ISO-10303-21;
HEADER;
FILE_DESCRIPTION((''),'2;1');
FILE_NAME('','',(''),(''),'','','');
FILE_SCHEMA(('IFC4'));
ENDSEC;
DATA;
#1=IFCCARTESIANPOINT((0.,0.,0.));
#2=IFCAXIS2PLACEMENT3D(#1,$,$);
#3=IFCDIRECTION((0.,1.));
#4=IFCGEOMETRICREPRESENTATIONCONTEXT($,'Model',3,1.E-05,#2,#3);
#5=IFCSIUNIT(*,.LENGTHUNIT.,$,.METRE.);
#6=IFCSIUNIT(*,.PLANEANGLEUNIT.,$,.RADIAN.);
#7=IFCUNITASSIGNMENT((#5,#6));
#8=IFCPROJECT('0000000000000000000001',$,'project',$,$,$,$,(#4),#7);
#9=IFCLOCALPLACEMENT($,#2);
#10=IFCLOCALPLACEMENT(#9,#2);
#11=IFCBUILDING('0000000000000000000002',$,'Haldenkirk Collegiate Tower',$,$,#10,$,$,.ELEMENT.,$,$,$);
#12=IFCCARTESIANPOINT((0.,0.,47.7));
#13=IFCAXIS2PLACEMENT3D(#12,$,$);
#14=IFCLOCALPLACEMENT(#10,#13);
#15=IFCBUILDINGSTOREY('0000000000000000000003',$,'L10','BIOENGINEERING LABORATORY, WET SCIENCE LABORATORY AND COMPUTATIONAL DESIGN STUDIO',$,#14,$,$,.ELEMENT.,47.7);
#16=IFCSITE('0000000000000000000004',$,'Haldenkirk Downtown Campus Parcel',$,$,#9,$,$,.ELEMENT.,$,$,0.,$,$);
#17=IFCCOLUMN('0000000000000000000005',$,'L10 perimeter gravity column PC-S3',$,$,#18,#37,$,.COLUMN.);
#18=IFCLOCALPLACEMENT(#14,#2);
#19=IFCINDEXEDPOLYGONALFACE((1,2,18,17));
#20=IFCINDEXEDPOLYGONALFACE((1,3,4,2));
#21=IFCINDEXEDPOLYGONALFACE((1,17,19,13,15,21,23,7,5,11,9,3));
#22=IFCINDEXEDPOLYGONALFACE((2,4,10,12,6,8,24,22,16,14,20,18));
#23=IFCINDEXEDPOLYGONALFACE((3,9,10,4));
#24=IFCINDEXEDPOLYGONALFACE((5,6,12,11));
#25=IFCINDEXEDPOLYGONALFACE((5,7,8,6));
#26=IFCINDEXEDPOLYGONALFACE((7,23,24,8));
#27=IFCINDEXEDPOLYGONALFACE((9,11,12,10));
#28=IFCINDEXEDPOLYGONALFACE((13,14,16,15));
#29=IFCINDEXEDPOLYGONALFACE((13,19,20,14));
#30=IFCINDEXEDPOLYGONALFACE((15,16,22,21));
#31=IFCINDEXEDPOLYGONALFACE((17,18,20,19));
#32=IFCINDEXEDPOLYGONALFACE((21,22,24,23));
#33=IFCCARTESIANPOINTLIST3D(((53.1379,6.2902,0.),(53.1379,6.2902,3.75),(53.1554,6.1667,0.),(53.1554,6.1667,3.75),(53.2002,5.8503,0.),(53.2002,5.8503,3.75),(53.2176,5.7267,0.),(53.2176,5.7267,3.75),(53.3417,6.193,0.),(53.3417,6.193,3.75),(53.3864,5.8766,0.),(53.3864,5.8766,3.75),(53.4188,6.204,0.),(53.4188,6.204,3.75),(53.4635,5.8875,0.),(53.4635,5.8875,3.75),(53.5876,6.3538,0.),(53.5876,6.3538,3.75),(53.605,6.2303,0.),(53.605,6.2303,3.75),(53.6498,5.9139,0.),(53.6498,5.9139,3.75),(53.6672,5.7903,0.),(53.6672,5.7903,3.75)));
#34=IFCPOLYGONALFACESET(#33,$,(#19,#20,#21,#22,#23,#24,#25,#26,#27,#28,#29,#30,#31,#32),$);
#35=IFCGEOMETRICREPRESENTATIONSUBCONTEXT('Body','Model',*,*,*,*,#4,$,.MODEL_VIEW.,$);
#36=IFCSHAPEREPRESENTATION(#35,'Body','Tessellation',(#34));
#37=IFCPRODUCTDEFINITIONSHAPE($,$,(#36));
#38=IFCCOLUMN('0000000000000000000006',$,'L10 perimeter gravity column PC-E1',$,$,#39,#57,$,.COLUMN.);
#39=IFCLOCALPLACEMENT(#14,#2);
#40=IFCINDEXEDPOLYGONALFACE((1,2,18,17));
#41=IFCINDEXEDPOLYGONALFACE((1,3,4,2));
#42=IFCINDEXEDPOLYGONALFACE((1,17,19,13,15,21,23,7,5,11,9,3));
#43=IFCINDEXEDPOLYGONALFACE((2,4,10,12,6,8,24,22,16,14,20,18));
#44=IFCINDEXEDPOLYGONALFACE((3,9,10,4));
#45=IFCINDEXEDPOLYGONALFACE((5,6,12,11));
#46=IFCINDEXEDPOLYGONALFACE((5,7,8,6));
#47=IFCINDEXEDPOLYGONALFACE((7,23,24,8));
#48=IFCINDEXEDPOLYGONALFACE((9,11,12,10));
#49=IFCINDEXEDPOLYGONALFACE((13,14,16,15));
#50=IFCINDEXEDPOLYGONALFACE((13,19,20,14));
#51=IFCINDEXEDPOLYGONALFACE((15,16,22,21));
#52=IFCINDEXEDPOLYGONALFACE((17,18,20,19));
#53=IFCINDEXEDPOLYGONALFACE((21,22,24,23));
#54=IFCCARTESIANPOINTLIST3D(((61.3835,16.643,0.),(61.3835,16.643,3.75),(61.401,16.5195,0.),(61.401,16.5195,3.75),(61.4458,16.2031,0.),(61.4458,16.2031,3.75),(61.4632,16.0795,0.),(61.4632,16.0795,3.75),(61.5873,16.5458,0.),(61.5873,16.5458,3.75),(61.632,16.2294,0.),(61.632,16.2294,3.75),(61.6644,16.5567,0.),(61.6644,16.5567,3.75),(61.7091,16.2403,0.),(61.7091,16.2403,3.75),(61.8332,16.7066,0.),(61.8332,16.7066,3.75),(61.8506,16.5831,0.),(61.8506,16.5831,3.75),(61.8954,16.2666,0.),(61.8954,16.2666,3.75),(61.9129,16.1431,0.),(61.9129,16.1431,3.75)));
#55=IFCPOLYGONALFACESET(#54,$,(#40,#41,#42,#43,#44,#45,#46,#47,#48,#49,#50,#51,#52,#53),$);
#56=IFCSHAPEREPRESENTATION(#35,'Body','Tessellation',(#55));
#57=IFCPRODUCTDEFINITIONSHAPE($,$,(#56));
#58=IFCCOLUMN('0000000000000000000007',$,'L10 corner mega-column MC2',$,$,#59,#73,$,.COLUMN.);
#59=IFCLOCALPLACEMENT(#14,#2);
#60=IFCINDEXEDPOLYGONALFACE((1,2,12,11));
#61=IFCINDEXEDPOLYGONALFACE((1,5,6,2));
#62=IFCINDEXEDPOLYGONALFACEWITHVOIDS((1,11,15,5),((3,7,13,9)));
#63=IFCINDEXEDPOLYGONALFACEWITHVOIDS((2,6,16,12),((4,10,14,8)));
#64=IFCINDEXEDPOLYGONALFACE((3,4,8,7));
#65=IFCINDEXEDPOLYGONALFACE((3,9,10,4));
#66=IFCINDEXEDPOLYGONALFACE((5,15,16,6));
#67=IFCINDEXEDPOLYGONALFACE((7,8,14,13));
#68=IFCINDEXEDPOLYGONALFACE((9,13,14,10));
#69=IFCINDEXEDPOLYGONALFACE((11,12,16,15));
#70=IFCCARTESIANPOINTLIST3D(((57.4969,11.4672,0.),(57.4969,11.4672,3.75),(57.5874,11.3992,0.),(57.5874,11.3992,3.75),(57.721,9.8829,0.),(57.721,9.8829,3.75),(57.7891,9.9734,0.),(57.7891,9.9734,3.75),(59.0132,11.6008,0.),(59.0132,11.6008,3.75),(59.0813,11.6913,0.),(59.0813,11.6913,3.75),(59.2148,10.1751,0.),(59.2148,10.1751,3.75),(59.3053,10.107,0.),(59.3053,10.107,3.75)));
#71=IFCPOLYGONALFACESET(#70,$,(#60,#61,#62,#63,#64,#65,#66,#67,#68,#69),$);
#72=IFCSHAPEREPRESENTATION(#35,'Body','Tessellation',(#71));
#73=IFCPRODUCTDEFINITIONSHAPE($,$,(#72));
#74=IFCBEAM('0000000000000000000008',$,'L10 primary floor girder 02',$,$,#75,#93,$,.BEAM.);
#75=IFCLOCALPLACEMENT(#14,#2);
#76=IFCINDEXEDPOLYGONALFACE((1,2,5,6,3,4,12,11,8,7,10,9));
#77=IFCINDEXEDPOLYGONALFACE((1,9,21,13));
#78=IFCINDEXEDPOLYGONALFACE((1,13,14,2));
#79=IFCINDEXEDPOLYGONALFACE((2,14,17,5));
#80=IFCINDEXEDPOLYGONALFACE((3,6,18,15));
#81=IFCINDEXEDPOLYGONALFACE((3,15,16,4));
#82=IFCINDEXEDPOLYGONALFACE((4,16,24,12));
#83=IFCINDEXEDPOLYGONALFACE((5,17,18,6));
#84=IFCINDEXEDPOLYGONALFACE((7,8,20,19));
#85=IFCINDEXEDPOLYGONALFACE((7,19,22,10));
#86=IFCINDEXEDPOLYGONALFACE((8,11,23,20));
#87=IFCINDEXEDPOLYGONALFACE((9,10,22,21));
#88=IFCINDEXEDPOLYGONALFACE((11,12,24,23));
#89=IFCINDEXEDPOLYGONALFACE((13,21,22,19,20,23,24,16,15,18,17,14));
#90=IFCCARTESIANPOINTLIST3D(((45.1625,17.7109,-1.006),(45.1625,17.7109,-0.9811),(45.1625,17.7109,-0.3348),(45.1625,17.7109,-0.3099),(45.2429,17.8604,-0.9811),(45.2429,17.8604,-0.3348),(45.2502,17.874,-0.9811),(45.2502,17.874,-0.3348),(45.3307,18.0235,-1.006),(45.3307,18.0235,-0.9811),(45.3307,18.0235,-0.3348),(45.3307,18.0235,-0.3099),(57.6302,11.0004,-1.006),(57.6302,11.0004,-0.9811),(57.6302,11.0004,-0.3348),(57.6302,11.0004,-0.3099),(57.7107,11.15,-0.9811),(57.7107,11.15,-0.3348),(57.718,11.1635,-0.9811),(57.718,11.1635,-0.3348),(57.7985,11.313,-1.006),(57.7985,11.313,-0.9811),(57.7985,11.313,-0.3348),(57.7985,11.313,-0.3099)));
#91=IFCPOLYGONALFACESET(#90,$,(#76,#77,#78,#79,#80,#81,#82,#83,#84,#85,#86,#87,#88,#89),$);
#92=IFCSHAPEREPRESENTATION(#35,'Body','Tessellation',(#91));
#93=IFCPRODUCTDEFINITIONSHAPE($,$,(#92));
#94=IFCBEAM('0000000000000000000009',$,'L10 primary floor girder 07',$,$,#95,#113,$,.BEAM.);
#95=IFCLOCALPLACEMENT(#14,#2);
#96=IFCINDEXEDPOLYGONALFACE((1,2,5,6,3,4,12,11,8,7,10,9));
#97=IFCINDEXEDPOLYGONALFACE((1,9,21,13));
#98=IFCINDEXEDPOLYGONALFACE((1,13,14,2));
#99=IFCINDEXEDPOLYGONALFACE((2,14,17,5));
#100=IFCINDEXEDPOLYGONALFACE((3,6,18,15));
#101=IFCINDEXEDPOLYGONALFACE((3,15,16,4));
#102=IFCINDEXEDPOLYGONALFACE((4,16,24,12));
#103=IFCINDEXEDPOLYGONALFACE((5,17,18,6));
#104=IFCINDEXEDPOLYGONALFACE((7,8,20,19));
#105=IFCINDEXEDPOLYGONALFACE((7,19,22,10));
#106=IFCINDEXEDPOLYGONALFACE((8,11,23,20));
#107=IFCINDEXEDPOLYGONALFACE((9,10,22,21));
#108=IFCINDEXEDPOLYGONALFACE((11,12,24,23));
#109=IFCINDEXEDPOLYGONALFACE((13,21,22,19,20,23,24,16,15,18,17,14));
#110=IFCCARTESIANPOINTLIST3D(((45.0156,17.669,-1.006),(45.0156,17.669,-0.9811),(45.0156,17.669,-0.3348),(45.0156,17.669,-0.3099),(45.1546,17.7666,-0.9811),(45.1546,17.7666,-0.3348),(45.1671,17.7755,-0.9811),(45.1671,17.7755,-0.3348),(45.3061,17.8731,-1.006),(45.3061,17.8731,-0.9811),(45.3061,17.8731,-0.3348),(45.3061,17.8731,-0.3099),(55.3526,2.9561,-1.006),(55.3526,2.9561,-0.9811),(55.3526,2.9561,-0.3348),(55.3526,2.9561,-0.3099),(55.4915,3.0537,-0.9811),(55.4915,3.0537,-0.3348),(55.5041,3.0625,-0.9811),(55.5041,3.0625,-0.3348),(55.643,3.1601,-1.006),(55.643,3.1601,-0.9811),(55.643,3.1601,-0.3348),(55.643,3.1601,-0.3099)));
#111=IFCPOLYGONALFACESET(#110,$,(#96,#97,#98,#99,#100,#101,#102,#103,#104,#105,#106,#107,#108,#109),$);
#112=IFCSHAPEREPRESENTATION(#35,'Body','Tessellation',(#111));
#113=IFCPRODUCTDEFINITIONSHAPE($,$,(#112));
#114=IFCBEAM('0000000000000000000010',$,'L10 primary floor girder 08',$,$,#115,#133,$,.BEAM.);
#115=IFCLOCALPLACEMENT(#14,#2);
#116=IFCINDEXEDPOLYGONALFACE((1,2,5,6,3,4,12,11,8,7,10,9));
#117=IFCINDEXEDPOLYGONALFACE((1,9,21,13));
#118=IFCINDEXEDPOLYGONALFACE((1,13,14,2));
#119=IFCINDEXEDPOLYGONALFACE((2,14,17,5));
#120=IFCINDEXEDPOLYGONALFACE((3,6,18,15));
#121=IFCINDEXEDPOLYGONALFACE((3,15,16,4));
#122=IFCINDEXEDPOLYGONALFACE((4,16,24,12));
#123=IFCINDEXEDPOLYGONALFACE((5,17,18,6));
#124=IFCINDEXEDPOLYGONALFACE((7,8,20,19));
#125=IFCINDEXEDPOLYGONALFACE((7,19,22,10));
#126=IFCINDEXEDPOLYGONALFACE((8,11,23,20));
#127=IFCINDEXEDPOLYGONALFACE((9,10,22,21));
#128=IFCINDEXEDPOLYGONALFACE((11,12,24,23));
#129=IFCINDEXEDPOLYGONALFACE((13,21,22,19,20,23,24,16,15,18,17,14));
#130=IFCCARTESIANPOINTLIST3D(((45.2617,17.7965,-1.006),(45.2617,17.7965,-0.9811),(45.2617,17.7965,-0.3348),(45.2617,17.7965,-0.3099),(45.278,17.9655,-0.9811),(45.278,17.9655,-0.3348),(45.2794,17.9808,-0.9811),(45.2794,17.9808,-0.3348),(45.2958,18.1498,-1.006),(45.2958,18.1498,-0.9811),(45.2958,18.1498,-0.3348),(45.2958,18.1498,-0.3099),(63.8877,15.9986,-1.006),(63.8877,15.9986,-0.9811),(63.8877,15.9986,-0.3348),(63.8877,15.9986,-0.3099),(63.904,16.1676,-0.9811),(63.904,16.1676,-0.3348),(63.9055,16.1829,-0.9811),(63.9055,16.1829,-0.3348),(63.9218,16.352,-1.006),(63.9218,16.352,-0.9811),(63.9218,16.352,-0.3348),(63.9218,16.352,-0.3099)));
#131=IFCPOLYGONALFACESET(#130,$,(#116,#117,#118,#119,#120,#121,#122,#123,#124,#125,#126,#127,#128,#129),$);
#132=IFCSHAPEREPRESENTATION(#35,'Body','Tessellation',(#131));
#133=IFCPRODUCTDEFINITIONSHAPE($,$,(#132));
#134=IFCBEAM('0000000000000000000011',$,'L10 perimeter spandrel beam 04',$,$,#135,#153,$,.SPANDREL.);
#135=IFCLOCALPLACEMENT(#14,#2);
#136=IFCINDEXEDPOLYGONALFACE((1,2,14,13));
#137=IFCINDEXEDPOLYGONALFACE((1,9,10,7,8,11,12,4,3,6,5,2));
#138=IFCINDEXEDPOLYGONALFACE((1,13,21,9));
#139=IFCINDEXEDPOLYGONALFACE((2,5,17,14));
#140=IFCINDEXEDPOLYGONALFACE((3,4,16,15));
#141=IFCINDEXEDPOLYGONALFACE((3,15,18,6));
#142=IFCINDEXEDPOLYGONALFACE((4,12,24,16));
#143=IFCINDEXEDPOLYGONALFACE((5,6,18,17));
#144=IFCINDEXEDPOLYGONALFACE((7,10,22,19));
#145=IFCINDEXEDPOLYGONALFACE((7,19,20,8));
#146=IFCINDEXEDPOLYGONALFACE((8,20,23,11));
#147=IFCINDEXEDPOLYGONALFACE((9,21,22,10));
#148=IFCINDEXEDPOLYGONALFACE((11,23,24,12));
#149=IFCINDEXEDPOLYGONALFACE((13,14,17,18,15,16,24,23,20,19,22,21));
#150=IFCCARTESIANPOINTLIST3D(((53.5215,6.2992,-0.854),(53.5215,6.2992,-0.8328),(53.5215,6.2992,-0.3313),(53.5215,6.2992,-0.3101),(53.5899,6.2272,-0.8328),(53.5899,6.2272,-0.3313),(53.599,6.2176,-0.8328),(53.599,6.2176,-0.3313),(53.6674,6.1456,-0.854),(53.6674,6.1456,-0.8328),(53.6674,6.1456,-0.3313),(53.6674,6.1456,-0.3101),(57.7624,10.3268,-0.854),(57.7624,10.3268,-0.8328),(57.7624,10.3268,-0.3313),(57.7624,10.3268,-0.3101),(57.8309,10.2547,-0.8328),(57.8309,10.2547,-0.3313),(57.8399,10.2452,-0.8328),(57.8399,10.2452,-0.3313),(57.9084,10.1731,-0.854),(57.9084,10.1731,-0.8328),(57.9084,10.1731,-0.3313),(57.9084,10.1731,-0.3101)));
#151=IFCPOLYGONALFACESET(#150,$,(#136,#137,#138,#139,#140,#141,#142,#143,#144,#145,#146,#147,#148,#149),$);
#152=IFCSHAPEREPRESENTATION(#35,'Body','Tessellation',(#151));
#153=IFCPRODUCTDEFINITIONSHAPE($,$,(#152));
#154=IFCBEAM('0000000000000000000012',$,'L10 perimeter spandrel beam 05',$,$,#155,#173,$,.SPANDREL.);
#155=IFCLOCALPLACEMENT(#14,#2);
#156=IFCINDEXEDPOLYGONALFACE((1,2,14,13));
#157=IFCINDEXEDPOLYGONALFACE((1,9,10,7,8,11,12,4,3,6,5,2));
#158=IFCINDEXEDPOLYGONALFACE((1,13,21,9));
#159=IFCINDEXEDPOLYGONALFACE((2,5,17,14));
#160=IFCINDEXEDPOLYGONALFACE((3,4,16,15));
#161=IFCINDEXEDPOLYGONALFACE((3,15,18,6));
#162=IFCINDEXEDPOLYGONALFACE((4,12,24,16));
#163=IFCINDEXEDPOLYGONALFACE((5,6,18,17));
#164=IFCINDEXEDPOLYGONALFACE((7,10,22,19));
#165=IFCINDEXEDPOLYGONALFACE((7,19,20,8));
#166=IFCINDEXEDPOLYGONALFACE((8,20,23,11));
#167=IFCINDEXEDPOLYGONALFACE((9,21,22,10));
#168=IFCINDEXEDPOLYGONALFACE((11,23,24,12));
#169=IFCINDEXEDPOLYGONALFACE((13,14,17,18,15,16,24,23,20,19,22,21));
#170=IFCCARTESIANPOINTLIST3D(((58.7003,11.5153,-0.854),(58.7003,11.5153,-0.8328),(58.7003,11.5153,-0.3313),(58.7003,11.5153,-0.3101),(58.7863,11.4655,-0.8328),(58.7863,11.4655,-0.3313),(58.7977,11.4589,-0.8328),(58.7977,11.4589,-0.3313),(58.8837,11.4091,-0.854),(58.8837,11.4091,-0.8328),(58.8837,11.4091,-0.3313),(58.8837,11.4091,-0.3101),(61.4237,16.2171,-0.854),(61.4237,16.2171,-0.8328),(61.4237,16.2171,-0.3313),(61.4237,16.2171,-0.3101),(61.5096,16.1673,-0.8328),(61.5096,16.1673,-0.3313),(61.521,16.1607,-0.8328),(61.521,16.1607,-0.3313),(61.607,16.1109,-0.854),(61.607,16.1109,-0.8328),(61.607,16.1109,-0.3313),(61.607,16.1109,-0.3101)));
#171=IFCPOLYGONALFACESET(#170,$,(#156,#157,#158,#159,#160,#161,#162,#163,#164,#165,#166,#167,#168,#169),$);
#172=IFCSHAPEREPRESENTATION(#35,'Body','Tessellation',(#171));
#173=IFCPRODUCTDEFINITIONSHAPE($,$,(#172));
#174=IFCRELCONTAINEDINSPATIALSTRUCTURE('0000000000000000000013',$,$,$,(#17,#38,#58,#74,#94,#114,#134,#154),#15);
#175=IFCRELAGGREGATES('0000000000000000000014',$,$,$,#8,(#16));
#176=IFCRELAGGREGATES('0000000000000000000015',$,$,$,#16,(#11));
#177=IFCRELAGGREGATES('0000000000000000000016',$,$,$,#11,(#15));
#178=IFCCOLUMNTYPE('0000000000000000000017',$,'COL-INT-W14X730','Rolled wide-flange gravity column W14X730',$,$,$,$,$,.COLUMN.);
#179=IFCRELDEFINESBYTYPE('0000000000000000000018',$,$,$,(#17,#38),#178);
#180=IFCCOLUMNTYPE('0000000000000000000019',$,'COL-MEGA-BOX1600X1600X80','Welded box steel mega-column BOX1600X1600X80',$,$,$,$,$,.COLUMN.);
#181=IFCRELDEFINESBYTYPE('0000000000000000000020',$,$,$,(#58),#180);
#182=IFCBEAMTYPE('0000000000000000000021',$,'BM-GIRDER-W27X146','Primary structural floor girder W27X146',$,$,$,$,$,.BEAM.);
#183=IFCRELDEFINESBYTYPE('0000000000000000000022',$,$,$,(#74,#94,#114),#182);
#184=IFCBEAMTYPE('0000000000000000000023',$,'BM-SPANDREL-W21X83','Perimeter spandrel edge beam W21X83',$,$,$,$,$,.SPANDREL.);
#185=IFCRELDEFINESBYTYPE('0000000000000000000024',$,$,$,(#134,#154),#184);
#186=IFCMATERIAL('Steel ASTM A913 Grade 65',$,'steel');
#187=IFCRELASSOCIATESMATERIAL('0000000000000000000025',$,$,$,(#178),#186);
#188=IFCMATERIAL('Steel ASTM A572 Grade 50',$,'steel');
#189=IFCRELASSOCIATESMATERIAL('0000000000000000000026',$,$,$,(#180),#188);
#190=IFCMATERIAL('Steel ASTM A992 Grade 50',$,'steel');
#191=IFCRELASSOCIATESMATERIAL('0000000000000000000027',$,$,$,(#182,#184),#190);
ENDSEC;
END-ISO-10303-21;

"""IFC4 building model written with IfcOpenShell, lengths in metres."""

from ifc_helpers import new_model, si_unit, direction, frame, origin, origin_2d, place, context, subcontext, project, spatial, hollow_rectangle, i_section, extrude, material, material_profile, profile_set, type_object, element, save


model = new_model("IFC4")

# Units and contexts
model_context = context("Model", 3, precision=1e-05, world=origin(), true_north=direction((0.0, 1.0)))
body_context = subcontext(model_context, "Body", "Model", "MODEL_VIEW")
ifc_project = project(units=[si_unit("LENGTHUNIT", "METRE"), si_unit("PLANEANGLEUNIT", "RADIAN")], contexts=[model_context])

# Site, building, storey
site_placement = place(None, origin())
site = spatial("IfcSite", under=ifc_project, at=site_placement, Name="Haldenkirk Downtown Campus Parcel", CompositionType="ELEMENT", RefElevation=0.0)
building_placement = place(site_placement, origin())
building = spatial("IfcBuilding", under=site, at=building_placement, Name="Haldenkirk Collegiate Tower", CompositionType="ELEMENT")
storey_placement = place(building_placement, frame((0.0, 0.0, 47.7)))
storey = spatial("IfcBuildingStorey", under=building, at=storey_placement, Name="L10", Description="BIOENGINEERING LABORATORY, WET SCIENCE LABORATORY AND COMPUTATIONAL DESIGN STUDIO", CompositionType="ELEMENT", Elevation=47.7)

# Columns
ifc_material_1 = material(Name="Steel ASTM A913 Grade 65", Category="steel")
ifc_material_profile_1 = material_profile(ifc_material_1, i_section(OverallWidth=0.4541, OverallDepth=0.5691, WebThickness=0.0779, FlangeThickness=0.1248, at=origin_2d()), Name="W14X730")
ifc_profile_set_1 = profile_set([ifc_material_profile_1], Name="Steel ASTM A913 Grade 65")
column_type_1 = type_object("IfcColumnType", Name="COL-INT-W14X730", Description="Rolled wide-flange gravity column W14X730", PredefinedType="COLUMN", material=ifc_profile_set_1)
for number, where, z_axis, x_axis, name in (
    (1, (53.4026, 6.0403, 0.0), (0.0, 0.0, 1.0), (0.990146, 0.140037, 0.0), "L10 perimeter gravity column PC-S3"),
    (2, (61.6482, 16.3931, 0.0), (0.0, 0.0, 1.0), (0.990146, 0.140037, 0.0), "L10 perimeter gravity column PC-E1"),
):
    element("IfcColumn", number, at=place(storey_placement, frame(where, z_axis=z_axis, x_axis=x_axis)), inside=storey, type_object=column_type_1, Name=name, PredefinedType="COLUMN", context=body_context, shape_type="SweptSolid", body=[
        extrude(i_section(OverallWidth=0.4541, OverallDepth=0.5691, WebThickness=0.0779, FlangeThickness=0.1248, at=origin_2d()), origin(), (0.0, 0.0, 1.0), 3.75),
    ])
ifc_material_2 = material(Name="Steel ASTM A572 Grade 50", Category="steel")
ifc_material_profile_2 = material_profile(ifc_material_2, hollow_rectangle(XDim=1.6001, YDim=1.6001, WallThickness=0.0801, at=origin_2d()), Name="BOX1600X1600X80")
ifc_profile_set_2 = profile_set([ifc_material_profile_2], Name="Steel ASTM A572 Grade 50")
column_type_2 = type_object("IfcColumnType", Name="COL-MEGA-BOX1600X1600X80", Description="Welded box steel mega-column BOX1600X1600X80", PredefinedType="COLUMN", material=ifc_profile_set_2)
column_placement = place(storey_placement, frame((58.4011, 10.7871, 0.0), z_axis=(0.0, 0.0, 1.0), x_axis=(0.990146, 0.140037, 0.0)))
element("IfcColumn", 3, at=column_placement, inside=storey, type_object=column_type_2, Name="L10 corner mega-column MC2", PredefinedType="COLUMN", context=body_context, shape_type="SweptSolid", body=[
    extrude(hollow_rectangle(XDim=1.6001, YDim=1.6001, WallThickness=0.0801, at=origin_2d()), origin(), (0.0, 0.0, 1.0), 3.75),
])

# Beams
ifc_material_3 = material(Name="Steel ASTM A992 Grade 50", Category="steel")
ifc_material_profile_3 = material_profile(ifc_material_3, i_section(OverallWidth=0.355, OverallDepth=0.696, WebThickness=0.0154, FlangeThickness=0.0249, at=origin_2d()), Name="W27X146")
ifc_profile_set_3 = profile_set([ifc_material_profile_3], Name="Steel ASTM A992 Grade 50")
beam_type_1 = type_object("IfcBeamType", Name="BM-GIRDER-W27X146", Description="Primary structural floor girder W27X146", PredefinedType="BEAM", material=ifc_profile_set_3)
beam_1_placement = place(storey_placement, frame((57.7144, 11.1567, -0.658), z_axis=(-0.880559, 0.473937, 0.0), x_axis=(-0.473937, -0.880559, 0.0)))
element("IfcBeam", 4, at=beam_1_placement, inside=storey, type_object=beam_type_1, Name="L10 primary floor girder 02", PredefinedType="BEAM", context=body_context, shape_type="SweptSolid", body=[
    extrude(i_section(OverallWidth=0.355, OverallDepth=0.696, WebThickness=0.0154, FlangeThickness=0.0249, at=origin_2d()), origin(), (0.0, 0.0, 1.0), 14.1589),
])
beam_2_placement = place(storey_placement, frame((55.4978, 3.0581, -0.658), z_axis=(-0.574876, 0.818241, 0.0), x_axis=(-0.818241, -0.574876, 0.0)))
element("IfcBeam", 5, at=beam_2_placement, inside=storey, type_object=beam_type_1, Name="L10 primary floor girder 07", PredefinedType="BEAM", context=body_context, shape_type="SweptSolid", body=[
    extrude(i_section(OverallWidth=0.355, OverallDepth=0.696, WebThickness=0.0154, FlangeThickness=0.0249, at=origin_2d()), origin(), (0.0, 0.0, 1.0), 17.9812),
])
beam_3_placement = place(storey_placement, frame((63.9048, 16.1753, -0.658), z_axis=(-0.995374, 0.096077, 0.0), x_axis=(-0.096077, -0.995374, 0.0)))
element("IfcBeam", 6, at=beam_3_placement, inside=storey, type_object=beam_type_1, Name="L10 primary floor girder 08", PredefinedType="BEAM", context=body_context, shape_type="SweptSolid", body=[
    extrude(i_section(OverallWidth=0.355, OverallDepth=0.696, WebThickness=0.0154, FlangeThickness=0.0249, at=origin_2d()), origin(), (0.0, 0.0, 1.0), 18.7126),
])
ifc_material_profile_4 = material_profile(ifc_material_3, i_section(OverallWidth=0.2119, OverallDepth=0.5439, WebThickness=0.0132, FlangeThickness=0.0212, at=origin_2d()), Name="W21X83")
ifc_profile_set_4 = profile_set([ifc_material_profile_4], Name="Steel ASTM A992 Grade 50")
beam_type_2 = type_object("IfcBeamType", Name="BM-SPANDREL-W21X83", Description="Perimeter spandrel edge beam W21X83", PredefinedType="SPANDREL", material=ifc_profile_set_4)
beam_4_placement = place(storey_placement, frame((53.5945, 6.2224, -0.582), z_axis=(0.725113, 0.68863, 0.0), x_axis=(-0.68863, 0.725113, 0.0)))
element("IfcBeam", 7, at=beam_4_placement, inside=storey, type_object=beam_type_2, Name="L10 perimeter spandrel beam 04", PredefinedType="SPANDREL", context=body_context, shape_type="SweptSolid", body=[
    extrude(i_section(OverallWidth=0.2119, OverallDepth=0.5439, WebThickness=0.0132, FlangeThickness=0.0212, at=origin_2d()), origin(), (0.0, 0.0, 1.0), 5.8486),
])
beam_5_placement = place(storey_placement, frame((58.792, 11.4622, -0.582), z_axis=(0.501206, 0.865328, 0.0), x_axis=(-0.865328, 0.501206, 0.0)))
element("IfcBeam", 8, at=beam_5_placement, inside=storey, type_object=beam_type_2, Name="L10 perimeter spandrel beam 05", PredefinedType="SPANDREL", context=body_context, shape_type="SweptSolid", body=[
    extrude(i_section(OverallWidth=0.2119, OverallDepth=0.5439, WebThickness=0.0132, FlangeThickness=0.0212, at=origin_2d()), origin(), (0.0, 0.0, 1.0), 5.4336),
])

save(model, "model.ifc")
